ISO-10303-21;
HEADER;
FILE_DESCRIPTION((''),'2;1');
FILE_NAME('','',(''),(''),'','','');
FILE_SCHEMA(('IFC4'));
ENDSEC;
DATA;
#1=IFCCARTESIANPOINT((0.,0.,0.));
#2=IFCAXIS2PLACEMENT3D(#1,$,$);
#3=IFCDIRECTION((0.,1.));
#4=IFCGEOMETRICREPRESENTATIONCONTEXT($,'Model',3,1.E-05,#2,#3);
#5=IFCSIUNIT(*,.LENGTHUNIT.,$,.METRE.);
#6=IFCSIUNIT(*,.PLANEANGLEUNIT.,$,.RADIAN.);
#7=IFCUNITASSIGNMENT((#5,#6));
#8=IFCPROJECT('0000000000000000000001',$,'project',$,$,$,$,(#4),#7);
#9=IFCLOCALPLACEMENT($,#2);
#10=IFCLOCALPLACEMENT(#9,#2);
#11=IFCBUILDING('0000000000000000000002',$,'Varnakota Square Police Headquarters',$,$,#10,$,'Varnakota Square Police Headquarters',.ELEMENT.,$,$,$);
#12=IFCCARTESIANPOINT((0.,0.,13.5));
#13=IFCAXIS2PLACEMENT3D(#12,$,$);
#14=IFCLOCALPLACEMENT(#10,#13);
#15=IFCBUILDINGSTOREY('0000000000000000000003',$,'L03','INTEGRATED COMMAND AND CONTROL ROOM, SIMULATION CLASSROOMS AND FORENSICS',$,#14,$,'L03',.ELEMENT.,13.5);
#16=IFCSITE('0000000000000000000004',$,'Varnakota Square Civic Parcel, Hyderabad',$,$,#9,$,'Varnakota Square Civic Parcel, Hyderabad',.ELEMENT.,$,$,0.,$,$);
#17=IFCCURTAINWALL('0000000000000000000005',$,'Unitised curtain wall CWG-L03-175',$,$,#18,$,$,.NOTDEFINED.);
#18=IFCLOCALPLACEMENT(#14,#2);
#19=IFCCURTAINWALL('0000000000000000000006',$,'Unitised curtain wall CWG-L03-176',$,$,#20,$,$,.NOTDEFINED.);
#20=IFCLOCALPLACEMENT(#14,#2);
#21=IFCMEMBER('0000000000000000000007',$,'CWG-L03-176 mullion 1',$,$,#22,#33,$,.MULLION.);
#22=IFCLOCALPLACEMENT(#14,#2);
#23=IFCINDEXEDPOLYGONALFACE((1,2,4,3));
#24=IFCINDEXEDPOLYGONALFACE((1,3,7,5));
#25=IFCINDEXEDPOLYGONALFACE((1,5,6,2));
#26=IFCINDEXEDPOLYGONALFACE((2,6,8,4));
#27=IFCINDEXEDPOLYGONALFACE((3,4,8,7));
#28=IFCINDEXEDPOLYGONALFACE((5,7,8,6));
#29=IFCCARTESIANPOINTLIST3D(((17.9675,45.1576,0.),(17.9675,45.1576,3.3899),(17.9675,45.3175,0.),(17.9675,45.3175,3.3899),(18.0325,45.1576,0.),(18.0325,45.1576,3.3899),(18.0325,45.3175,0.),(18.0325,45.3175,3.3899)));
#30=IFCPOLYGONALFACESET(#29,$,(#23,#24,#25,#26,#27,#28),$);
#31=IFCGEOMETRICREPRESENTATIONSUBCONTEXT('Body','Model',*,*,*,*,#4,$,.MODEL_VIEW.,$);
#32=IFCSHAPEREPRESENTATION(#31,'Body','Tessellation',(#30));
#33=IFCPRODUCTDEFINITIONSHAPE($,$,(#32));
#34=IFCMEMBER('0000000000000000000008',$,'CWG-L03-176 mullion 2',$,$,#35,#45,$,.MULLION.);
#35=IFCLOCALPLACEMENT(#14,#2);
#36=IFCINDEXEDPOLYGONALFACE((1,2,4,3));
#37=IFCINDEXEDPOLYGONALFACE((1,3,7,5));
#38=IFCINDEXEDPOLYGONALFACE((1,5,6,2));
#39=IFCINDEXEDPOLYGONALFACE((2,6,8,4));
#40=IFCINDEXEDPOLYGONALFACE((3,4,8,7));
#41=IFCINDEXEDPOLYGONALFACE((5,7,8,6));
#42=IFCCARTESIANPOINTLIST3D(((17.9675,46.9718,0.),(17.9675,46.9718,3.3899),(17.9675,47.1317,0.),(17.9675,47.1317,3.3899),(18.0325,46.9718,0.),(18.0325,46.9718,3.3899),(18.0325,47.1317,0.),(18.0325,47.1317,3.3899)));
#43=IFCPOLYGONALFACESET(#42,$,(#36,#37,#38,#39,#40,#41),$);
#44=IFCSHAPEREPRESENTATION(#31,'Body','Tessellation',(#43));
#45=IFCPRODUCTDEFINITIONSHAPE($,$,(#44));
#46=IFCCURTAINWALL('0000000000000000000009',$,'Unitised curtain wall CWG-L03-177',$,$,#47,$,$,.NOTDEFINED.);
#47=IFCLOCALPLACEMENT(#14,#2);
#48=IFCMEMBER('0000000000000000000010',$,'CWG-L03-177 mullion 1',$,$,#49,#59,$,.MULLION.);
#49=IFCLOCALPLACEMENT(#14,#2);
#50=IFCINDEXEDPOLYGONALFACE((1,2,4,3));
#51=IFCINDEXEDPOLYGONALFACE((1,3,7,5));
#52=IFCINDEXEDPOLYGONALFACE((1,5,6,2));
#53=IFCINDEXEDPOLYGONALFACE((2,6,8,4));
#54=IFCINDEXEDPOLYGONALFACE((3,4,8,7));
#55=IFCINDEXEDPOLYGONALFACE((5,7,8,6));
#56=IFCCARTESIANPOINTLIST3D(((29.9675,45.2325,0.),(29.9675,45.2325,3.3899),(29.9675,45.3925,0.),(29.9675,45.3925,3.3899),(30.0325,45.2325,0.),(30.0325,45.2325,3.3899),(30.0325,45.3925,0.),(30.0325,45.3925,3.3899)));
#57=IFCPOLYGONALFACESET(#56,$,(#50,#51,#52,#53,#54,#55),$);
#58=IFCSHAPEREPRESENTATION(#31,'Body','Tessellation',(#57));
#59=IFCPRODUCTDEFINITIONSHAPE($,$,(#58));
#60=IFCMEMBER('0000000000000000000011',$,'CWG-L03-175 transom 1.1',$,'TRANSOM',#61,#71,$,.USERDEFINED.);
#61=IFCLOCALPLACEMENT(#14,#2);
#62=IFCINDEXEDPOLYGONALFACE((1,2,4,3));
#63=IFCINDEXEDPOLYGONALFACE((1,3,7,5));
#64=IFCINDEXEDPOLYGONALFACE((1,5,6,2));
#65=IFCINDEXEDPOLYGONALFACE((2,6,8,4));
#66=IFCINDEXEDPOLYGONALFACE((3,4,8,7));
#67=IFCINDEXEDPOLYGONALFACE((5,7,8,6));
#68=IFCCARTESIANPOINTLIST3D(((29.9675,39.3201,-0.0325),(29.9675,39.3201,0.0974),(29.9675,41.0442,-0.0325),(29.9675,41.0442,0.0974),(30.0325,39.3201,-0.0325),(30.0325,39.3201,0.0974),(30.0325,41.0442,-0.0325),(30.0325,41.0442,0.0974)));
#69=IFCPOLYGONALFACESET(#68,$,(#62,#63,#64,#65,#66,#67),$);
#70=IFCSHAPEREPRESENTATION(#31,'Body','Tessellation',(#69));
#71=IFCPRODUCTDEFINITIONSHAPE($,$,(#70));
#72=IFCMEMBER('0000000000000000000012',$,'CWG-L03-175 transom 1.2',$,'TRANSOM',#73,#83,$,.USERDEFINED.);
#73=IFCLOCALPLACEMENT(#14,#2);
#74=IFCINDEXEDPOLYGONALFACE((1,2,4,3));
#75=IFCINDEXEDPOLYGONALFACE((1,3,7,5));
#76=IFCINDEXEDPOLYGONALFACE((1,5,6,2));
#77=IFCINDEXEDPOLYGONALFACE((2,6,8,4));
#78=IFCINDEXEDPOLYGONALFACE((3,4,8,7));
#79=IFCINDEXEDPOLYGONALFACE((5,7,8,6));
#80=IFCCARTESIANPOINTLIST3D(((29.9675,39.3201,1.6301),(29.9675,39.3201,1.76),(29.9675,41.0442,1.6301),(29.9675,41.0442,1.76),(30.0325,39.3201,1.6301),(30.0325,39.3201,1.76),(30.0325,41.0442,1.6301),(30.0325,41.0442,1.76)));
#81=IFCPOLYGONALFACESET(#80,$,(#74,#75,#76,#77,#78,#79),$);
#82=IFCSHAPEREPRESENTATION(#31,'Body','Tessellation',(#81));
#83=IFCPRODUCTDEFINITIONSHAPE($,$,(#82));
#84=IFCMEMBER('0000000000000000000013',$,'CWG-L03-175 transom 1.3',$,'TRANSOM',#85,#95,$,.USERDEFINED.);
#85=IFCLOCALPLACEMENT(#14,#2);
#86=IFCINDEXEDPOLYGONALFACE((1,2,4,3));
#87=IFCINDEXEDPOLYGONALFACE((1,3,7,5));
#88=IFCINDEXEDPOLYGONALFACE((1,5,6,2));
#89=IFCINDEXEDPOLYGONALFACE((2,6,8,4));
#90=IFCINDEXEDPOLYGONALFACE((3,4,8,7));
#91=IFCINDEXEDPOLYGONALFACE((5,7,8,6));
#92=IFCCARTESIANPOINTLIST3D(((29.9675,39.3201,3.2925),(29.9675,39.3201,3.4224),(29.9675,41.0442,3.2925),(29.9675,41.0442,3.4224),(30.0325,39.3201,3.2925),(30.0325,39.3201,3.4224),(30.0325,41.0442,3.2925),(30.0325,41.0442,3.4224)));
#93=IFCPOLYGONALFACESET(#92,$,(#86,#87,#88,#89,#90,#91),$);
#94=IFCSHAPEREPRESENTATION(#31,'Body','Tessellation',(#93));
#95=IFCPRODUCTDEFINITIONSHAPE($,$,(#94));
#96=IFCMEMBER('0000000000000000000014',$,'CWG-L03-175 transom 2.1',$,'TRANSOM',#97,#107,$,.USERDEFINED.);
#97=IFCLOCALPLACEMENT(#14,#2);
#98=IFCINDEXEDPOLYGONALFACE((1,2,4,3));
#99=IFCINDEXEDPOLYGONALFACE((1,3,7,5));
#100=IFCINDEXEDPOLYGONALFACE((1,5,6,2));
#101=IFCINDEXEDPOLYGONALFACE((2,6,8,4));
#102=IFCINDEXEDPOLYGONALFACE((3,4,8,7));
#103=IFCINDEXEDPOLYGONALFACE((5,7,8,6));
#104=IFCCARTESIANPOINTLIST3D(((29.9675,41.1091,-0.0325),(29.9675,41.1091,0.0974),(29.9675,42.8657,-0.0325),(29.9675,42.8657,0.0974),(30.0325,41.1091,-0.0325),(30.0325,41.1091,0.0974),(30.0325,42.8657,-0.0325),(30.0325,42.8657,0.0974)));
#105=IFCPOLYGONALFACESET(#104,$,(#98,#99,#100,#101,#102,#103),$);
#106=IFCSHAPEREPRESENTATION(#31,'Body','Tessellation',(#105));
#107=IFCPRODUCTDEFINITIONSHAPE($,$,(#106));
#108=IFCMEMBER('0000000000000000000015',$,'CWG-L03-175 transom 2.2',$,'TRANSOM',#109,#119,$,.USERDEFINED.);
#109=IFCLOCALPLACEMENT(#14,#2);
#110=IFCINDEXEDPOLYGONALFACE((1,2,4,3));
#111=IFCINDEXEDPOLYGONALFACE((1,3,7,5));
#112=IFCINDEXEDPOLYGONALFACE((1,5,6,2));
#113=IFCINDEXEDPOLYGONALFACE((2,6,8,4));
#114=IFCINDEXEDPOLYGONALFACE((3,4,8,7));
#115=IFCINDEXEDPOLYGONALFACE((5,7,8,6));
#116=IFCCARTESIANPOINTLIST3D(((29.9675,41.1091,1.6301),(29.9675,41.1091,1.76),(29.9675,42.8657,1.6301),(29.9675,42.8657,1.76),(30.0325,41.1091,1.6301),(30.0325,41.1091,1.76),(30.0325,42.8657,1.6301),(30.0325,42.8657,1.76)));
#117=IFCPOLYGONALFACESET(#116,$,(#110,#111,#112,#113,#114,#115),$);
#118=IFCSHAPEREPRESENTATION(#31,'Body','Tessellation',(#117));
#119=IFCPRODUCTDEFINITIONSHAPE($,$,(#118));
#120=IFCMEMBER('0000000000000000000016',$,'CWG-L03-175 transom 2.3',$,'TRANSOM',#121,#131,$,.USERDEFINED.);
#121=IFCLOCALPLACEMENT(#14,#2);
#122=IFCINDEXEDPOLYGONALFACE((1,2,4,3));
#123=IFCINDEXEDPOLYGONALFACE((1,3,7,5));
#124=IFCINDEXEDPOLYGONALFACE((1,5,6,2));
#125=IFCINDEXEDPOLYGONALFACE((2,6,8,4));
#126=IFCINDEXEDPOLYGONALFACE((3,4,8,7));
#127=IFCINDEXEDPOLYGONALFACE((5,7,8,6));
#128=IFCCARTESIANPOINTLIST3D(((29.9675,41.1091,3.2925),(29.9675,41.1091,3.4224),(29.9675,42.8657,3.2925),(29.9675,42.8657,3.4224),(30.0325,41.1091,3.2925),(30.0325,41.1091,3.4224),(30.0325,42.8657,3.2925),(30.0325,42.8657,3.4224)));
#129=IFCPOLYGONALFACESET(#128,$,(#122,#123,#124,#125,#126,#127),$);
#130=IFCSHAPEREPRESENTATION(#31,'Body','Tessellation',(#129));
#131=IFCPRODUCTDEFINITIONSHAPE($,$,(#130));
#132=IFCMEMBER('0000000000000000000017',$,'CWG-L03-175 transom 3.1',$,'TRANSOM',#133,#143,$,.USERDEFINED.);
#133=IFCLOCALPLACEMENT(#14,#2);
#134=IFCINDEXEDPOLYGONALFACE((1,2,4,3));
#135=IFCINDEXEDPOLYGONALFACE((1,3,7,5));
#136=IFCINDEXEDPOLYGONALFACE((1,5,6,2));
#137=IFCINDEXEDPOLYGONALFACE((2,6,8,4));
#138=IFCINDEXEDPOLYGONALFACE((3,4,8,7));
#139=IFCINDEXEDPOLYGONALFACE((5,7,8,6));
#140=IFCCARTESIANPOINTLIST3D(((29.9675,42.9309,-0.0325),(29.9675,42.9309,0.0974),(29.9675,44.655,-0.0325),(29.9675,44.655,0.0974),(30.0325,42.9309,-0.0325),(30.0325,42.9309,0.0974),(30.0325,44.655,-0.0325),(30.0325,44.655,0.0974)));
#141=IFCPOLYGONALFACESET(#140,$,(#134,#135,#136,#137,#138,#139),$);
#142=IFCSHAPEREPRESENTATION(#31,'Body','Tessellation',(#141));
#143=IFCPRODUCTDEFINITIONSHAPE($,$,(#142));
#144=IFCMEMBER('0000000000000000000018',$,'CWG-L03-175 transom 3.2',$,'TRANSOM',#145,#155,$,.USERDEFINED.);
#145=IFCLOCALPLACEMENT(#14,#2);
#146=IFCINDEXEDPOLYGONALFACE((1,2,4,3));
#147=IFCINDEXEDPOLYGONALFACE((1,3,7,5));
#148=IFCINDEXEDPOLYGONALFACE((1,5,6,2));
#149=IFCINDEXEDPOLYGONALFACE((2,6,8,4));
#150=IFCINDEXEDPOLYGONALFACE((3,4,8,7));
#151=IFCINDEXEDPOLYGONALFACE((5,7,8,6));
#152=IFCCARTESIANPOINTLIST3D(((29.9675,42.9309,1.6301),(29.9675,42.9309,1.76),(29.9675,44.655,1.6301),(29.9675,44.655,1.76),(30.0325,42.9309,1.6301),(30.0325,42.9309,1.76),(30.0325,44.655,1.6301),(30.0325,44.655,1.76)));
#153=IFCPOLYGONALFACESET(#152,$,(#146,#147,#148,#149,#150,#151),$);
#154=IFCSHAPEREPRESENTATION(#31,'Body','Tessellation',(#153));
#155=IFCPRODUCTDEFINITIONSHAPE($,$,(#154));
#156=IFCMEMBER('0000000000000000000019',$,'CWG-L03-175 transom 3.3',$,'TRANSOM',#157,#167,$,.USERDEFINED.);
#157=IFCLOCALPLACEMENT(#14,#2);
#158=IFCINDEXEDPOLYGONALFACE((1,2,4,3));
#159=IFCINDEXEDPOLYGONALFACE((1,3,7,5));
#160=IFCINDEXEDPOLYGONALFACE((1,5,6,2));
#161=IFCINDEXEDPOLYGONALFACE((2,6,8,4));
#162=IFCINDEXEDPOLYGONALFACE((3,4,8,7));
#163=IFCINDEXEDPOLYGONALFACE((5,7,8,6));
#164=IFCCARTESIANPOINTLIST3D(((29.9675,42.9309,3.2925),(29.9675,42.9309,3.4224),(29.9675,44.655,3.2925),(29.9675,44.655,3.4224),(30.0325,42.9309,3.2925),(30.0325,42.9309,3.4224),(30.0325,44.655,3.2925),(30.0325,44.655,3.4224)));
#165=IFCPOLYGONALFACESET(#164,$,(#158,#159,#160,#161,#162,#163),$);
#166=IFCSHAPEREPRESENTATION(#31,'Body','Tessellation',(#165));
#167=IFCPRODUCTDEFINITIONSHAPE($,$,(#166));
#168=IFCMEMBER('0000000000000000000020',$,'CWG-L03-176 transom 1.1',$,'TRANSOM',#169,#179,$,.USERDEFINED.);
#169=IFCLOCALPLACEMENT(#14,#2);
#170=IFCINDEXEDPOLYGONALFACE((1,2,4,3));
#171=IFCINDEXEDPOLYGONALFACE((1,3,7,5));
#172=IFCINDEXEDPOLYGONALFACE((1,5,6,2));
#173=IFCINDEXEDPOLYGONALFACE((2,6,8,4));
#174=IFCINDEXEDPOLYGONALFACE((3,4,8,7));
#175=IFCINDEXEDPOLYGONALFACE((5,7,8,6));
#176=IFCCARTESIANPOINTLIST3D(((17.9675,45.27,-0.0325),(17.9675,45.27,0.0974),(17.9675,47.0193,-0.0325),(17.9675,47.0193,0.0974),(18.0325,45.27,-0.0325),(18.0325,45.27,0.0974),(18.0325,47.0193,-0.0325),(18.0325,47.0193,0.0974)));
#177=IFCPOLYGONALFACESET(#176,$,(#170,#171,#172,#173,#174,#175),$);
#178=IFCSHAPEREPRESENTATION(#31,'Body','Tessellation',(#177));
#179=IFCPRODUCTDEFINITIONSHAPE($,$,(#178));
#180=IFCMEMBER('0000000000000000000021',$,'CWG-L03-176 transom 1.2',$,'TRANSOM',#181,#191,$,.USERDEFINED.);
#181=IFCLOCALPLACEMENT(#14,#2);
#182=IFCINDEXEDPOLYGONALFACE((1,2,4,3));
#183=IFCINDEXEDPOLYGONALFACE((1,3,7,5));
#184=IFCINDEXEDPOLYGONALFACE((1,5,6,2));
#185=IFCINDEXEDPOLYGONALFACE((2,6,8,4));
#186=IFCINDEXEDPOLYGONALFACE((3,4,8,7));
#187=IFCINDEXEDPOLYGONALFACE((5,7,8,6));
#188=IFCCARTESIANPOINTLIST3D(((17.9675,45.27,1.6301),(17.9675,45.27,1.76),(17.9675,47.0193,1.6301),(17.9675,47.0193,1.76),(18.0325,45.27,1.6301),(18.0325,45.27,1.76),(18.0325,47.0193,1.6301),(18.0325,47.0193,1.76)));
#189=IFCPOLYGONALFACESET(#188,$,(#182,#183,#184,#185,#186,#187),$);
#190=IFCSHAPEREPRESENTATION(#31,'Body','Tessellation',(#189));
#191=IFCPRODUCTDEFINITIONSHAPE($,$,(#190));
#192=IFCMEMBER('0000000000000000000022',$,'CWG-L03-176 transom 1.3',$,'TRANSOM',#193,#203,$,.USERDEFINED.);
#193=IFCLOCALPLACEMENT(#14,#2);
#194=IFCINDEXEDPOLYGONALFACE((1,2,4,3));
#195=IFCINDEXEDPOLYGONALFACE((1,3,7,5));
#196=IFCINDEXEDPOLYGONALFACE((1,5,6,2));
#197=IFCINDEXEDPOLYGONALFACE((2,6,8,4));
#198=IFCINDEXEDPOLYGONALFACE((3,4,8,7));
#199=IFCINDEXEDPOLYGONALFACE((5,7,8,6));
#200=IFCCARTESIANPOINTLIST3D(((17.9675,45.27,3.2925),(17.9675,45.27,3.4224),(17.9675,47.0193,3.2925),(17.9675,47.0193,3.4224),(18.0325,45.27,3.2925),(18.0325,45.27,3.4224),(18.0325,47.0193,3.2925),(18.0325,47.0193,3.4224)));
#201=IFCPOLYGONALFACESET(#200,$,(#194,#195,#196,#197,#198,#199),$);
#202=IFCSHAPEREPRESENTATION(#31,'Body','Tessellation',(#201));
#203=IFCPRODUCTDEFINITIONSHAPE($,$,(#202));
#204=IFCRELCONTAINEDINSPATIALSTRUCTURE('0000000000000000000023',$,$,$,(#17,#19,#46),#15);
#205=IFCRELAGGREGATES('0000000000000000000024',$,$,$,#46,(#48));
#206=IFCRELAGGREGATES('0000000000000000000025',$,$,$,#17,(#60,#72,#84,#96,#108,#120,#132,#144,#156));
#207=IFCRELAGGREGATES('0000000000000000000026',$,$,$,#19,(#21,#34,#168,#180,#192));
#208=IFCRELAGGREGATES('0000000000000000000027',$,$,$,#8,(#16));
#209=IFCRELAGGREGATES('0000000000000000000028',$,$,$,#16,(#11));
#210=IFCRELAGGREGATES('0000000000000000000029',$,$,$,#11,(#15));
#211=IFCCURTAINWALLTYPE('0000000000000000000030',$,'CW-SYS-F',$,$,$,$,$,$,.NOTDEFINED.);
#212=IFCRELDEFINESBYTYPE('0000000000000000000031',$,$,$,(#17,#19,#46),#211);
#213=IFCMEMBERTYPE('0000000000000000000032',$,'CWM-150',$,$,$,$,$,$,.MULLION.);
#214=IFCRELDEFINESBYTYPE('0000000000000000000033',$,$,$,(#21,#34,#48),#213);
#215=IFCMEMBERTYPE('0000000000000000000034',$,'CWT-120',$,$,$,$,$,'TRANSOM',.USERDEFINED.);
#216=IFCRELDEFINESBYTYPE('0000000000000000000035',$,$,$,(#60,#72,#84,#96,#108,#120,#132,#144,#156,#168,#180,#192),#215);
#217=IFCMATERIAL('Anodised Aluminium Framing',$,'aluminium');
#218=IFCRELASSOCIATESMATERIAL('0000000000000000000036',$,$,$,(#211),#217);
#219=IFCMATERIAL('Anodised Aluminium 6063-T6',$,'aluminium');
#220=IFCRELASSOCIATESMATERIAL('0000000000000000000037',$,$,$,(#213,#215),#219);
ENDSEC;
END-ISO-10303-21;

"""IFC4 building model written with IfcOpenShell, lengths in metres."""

from ifc_helpers import new_model, si_unit, direction, frame, origin, origin_2d, place, context, subcontext, project, spatial, rectangle, extrude, material, material_profile, profile_set, type_object, element, aggregate, save


model = new_model("IFC4")

# Units and contexts
model_context = context("Model", 3, precision=1e-05, world=origin(), true_north=direction((0.0, 1.0)))
body_context = subcontext(model_context, "Body", "Model", "MODEL_VIEW")
ifc_project = project(units=[si_unit("LENGTHUNIT", "METRE"), si_unit("PLANEANGLEUNIT", "RADIAN")], contexts=[model_context])

# Site, building, storey
site_placement = place(None, origin())
site = spatial("IfcSite", under=ifc_project, at=site_placement, Name="Varnakota Square Civic Parcel, Hyderabad", LongName="Varnakota Square Civic Parcel, Hyderabad", CompositionType="ELEMENT", RefElevation=0.0)
building_placement = place(site_placement, origin())
building = spatial("IfcBuilding", under=site, at=building_placement, Name="Varnakota Square Police Headquarters", LongName="Varnakota Square Police Headquarters", CompositionType="ELEMENT")
storey_placement = place(building_placement, frame((0.0, 0.0, 13.5)))
storey = spatial("IfcBuildingStorey", under=building, at=storey_placement, Name="L03", Description="INTEGRATED COMMAND AND CONTROL ROOM, SIMULATION CLASSROOMS AND FORENSICS", LongName="L03", CompositionType="ELEMENT", Elevation=13.5)

# Curtain walls, members
ifc_material_1 = material(Name="Anodised Aluminium Framing", Category="aluminium")
curtain_wall_type = type_object("IfcCurtainWallType", Name="CW-SYS-F", PredefinedType="NOTDEFINED", material=ifc_material_1)
curtain_wall_1_placement = place(storey_placement, origin())
curtain_wall_1 = element("IfcCurtainWall", 1, at=curtain_wall_1_placement, inside=storey, type_object=curtain_wall_type, Name="Unitised curtain wall CWG-L03-175", PredefinedType="NOTDEFINED")
ifc_material_2 = material(Name="Anodised Aluminium 6063-T6", Category="aluminium")
ifc_material_profile_1 = material_profile(ifc_material_2, rectangle(XDim=0.0649, YDim=0.1599, at=origin_2d()), Name="ALU MULLION 65x160")
ifc_profile_set_1 = profile_set([ifc_material_profile_1], Name="Anodised Aluminium 6063-T6")
member_type_1 = type_object("IfcMemberType", Name="CWM-150", PredefinedType="MULLION", material=ifc_profile_set_1)
curtain_wall_2_placement = place(storey_placement, origin())
curtain_wall_2 = element("IfcCurtainWall", 2, at=curtain_wall_2_placement, inside=storey, type_object=curtain_wall_type, Name="Unitised curtain wall CWG-L03-176", PredefinedType="NOTDEFINED")
member_1_placement = place(storey_placement, frame((18.0, 45.2375, 0.0), z_axis=(0.0, 0.0, 1.0), x_axis=(-1.0, 0.0, 0.0)))
member_1 = element("IfcMember", 3, at=member_1_placement, type_object=member_type_1, Name="CWG-L03-176 mullion 1", PredefinedType="MULLION", context=body_context, shape_type="SweptSolid", body=[
    extrude(rectangle(XDim=0.0649, YDim=0.1599, at=origin_2d()), origin(), (0.0, 0.0, 1.0), 3.3899),
])
member_2_placement = place(storey_placement, frame((18.0, 47.0518, 0.0), z_axis=(0.0, 0.0, 1.0), x_axis=(-1.0, 0.0, 0.0)))
member_2 = element("IfcMember", 4, at=member_2_placement, type_object=member_type_1, Name="CWG-L03-176 mullion 2", PredefinedType="MULLION", context=body_context, shape_type="SweptSolid", body=[
    extrude(rectangle(XDim=0.0649, YDim=0.1599, at=origin_2d()), origin(), (0.0, 0.0, 1.0), 3.3899),
])

# Curtain wall, member
curtain_wall_3_placement = place(storey_placement, origin())
curtain_wall_3 = element("IfcCurtainWall", 5, at=curtain_wall_3_placement, inside=storey, type_object=curtain_wall_type, Name="Unitised curtain wall CWG-L03-177", PredefinedType="NOTDEFINED")
member_3_placement = place(storey_placement, frame((30.0, 45.3125, 0.0), z_axis=(0.0, 0.0, 1.0), x_axis=(-1.0, 0.0, 0.0)))
member_3 = element("IfcMember", 6, at=member_3_placement, type_object=member_type_1, Name="CWG-L03-177 mullion 1", PredefinedType="MULLION", context=body_context, shape_type="SweptSolid", body=[
    extrude(rectangle(XDim=0.0649, YDim=0.1599, at=origin_2d()), origin(), (0.0, 0.0, 1.0), 3.3899),
])

# Members
ifc_material_profile_2 = material_profile(ifc_material_2, rectangle(XDim=0.0649, YDim=0.1299, at=origin_2d()), Name="ALU TRANSOM 65x130")
ifc_profile_set_2 = profile_set([ifc_material_profile_2], Name="Anodised Aluminium 6063-T6")
member_type_2 = type_object("IfcMemberType", Name="CWT-120", ElementType="TRANSOM", PredefinedType="USERDEFINED", material=ifc_profile_set_2)
member_4_placement = place(storey_placement, frame((30.0, 39.3201, 0.0325), z_axis=(0.0, 1.0, 0.0), x_axis=(-1.0, 0.0, 0.0)))
member_4 = element("IfcMember", 7, at=member_4_placement, type_object=member_type_2, Name="CWG-L03-175 transom 1.1", ObjectType="TRANSOM", PredefinedType="USERDEFINED", context=body_context, shape_type="SweptSolid", body=[
    extrude(rectangle(XDim=0.0649, YDim=0.1299, at=origin_2d()), origin(), (0.0, 0.0, 1.0), 1.7241),
])
member_5_placement = place(storey_placement, frame((30.0, 39.3201, 1.6951), z_axis=(0.0, 1.0, 0.0), x_axis=(-1.0, 0.0, 0.0)))
member_5 = element("IfcMember", 8, at=member_5_placement, type_object=member_type_2, Name="CWG-L03-175 transom 1.2", ObjectType="TRANSOM", PredefinedType="USERDEFINED", context=body_context, shape_type="SweptSolid", body=[
    extrude(rectangle(XDim=0.0649, YDim=0.1299, at=origin_2d()), origin(), (0.0, 0.0, 1.0), 1.7241),
])
member_6_placement = place(storey_placement, frame((30.0, 39.3201, 3.3574), z_axis=(0.0, 1.0, 0.0), x_axis=(-1.0, 0.0, 0.0)))
member_6 = element("IfcMember", 9, at=member_6_placement, type_object=member_type_2, Name="CWG-L03-175 transom 1.3", ObjectType="TRANSOM", PredefinedType="USERDEFINED", context=body_context, shape_type="SweptSolid", body=[
    extrude(rectangle(XDim=0.0649, YDim=0.1299, at=origin_2d()), origin(), (0.0, 0.0, 1.0), 1.7241),
])
member_7_placement = place(storey_placement, frame((30.0, 41.1091, 0.0325), z_axis=(0.0, 1.0, 0.0), x_axis=(-1.0, 0.0, 0.0)))
member_7 = element("IfcMember", 10, at=member_7_placement, type_object=member_type_2, Name="CWG-L03-175 transom 2.1", ObjectType="TRANSOM", PredefinedType="USERDEFINED", context=body_context, shape_type="SweptSolid", body=[
    extrude(rectangle(XDim=0.0649, YDim=0.1299, at=origin_2d()), origin(), (0.0, 0.0, 1.0), 1.7566),
])
member_8_placement = place(storey_placement, frame((30.0, 41.1091, 1.6951), z_axis=(0.0, 1.0, 0.0), x_axis=(-1.0, 0.0, 0.0)))
member_8 = element("IfcMember", 11, at=member_8_placement, type_object=member_type_2, Name="CWG-L03-175 transom 2.2", ObjectType="TRANSOM", PredefinedType="USERDEFINED", context=body_context, shape_type="SweptSolid", body=[
    extrude(rectangle(XDim=0.0649, YDim=0.1299, at=origin_2d()), origin(), (0.0, 0.0, 1.0), 1.7566),
])
member_9_placement = place(storey_placement, frame((30.0, 41.1091, 3.3574), z_axis=(0.0, 1.0, 0.0), x_axis=(-1.0, 0.0, 0.0)))
member_9 = element("IfcMember", 12, at=member_9_placement, type_object=member_type_2, Name="CWG-L03-175 transom 2.3", ObjectType="TRANSOM", PredefinedType="USERDEFINED", context=body_context, shape_type="SweptSolid", body=[
    extrude(rectangle(XDim=0.0649, YDim=0.1299, at=origin_2d()), origin(), (0.0, 0.0, 1.0), 1.7566),
])
member_10_placement = place(storey_placement, frame((30.0, 42.9309, 0.0325), z_axis=(0.0, 1.0, 0.0), x_axis=(-1.0, 0.0, 0.0)))
member_10 = element("IfcMember", 13, at=member_10_placement, type_object=member_type_2, Name="CWG-L03-175 transom 3.1", ObjectType="TRANSOM", PredefinedType="USERDEFINED", context=body_context, shape_type="SweptSolid", body=[
    extrude(rectangle(XDim=0.0649, YDim=0.1299, at=origin_2d()), origin(), (0.0, 0.0, 1.0), 1.7241),
])
member_11_placement = place(storey_placement, frame((30.0, 42.9309, 1.6951), z_axis=(0.0, 1.0, 0.0), x_axis=(-1.0, 0.0, 0.0)))
member_11 = element("IfcMember", 14, at=member_11_placement, type_object=member_type_2, Name="CWG-L03-175 transom 3.2", ObjectType="TRANSOM", PredefinedType="USERDEFINED", context=body_context, shape_type="SweptSolid", body=[
    extrude(rectangle(XDim=0.0649, YDim=0.1299, at=origin_2d()), origin(), (0.0, 0.0, 1.0), 1.7241),
])
member_12_placement = place(storey_placement, frame((30.0, 42.9309, 3.3574), z_axis=(0.0, 1.0, 0.0), x_axis=(-1.0, 0.0, 0.0)))
member_12 = element("IfcMember", 15, at=member_12_placement, type_object=member_type_2, Name="CWG-L03-175 transom 3.3", ObjectType="TRANSOM", PredefinedType="USERDEFINED", context=body_context, shape_type="SweptSolid", body=[
    extrude(rectangle(XDim=0.0649, YDim=0.1299, at=origin_2d()), origin(), (0.0, 0.0, 1.0), 1.7241),
])
member_13_placement = place(storey_placement, frame((18.0, 45.27, 0.0325), z_axis=(0.0, 1.0, 0.0), x_axis=(-1.0, 0.0, 0.0)))
member_13 = element("IfcMember", 16, at=member_13_placement, type_object=member_type_2, Name="CWG-L03-176 transom 1.1", ObjectType="TRANSOM", PredefinedType="USERDEFINED", context=body_context, shape_type="SweptSolid", body=[
    extrude(rectangle(XDim=0.0649, YDim=0.1299, at=origin_2d()), origin(), (0.0, 0.0, 1.0), 1.7493),
])
member_14_placement = place(storey_placement, frame((18.0, 45.27, 1.6951), z_axis=(0.0, 1.0, 0.0), x_axis=(-1.0, 0.0, 0.0)))
member_14 = element("IfcMember", 17, at=member_14_placement, type_object=member_type_2, Name="CWG-L03-176 transom 1.2", ObjectType="TRANSOM", PredefinedType="USERDEFINED", context=body_context, shape_type="SweptSolid", body=[
    extrude(rectangle(XDim=0.0649, YDim=0.1299, at=origin_2d()), origin(), (0.0, 0.0, 1.0), 1.7493),
])
member_15_placement = place(storey_placement, frame((18.0, 45.27, 3.3574), z_axis=(0.0, 1.0, 0.0), x_axis=(-1.0, 0.0, 0.0)))
member_15 = element("IfcMember", 18, at=member_15_placement, type_object=member_type_2, Name="CWG-L03-176 transom 1.3", ObjectType="TRANSOM", PredefinedType="USERDEFINED", context=body_context, shape_type="SweptSolid", body=[
    extrude(rectangle(XDim=0.0649, YDim=0.1299, at=origin_2d()), origin(), (0.0, 0.0, 1.0), 1.7493),
])
aggregate(curtain_wall_3, [member_3])

aggregate(curtain_wall_1, [member_4, member_5, member_6, member_7, member_8, member_9, member_10, member_11, member_12])
aggregate(curtain_wall_2, [member_1, member_2, member_13, member_14, member_15])

save(model, "model.ifc")
